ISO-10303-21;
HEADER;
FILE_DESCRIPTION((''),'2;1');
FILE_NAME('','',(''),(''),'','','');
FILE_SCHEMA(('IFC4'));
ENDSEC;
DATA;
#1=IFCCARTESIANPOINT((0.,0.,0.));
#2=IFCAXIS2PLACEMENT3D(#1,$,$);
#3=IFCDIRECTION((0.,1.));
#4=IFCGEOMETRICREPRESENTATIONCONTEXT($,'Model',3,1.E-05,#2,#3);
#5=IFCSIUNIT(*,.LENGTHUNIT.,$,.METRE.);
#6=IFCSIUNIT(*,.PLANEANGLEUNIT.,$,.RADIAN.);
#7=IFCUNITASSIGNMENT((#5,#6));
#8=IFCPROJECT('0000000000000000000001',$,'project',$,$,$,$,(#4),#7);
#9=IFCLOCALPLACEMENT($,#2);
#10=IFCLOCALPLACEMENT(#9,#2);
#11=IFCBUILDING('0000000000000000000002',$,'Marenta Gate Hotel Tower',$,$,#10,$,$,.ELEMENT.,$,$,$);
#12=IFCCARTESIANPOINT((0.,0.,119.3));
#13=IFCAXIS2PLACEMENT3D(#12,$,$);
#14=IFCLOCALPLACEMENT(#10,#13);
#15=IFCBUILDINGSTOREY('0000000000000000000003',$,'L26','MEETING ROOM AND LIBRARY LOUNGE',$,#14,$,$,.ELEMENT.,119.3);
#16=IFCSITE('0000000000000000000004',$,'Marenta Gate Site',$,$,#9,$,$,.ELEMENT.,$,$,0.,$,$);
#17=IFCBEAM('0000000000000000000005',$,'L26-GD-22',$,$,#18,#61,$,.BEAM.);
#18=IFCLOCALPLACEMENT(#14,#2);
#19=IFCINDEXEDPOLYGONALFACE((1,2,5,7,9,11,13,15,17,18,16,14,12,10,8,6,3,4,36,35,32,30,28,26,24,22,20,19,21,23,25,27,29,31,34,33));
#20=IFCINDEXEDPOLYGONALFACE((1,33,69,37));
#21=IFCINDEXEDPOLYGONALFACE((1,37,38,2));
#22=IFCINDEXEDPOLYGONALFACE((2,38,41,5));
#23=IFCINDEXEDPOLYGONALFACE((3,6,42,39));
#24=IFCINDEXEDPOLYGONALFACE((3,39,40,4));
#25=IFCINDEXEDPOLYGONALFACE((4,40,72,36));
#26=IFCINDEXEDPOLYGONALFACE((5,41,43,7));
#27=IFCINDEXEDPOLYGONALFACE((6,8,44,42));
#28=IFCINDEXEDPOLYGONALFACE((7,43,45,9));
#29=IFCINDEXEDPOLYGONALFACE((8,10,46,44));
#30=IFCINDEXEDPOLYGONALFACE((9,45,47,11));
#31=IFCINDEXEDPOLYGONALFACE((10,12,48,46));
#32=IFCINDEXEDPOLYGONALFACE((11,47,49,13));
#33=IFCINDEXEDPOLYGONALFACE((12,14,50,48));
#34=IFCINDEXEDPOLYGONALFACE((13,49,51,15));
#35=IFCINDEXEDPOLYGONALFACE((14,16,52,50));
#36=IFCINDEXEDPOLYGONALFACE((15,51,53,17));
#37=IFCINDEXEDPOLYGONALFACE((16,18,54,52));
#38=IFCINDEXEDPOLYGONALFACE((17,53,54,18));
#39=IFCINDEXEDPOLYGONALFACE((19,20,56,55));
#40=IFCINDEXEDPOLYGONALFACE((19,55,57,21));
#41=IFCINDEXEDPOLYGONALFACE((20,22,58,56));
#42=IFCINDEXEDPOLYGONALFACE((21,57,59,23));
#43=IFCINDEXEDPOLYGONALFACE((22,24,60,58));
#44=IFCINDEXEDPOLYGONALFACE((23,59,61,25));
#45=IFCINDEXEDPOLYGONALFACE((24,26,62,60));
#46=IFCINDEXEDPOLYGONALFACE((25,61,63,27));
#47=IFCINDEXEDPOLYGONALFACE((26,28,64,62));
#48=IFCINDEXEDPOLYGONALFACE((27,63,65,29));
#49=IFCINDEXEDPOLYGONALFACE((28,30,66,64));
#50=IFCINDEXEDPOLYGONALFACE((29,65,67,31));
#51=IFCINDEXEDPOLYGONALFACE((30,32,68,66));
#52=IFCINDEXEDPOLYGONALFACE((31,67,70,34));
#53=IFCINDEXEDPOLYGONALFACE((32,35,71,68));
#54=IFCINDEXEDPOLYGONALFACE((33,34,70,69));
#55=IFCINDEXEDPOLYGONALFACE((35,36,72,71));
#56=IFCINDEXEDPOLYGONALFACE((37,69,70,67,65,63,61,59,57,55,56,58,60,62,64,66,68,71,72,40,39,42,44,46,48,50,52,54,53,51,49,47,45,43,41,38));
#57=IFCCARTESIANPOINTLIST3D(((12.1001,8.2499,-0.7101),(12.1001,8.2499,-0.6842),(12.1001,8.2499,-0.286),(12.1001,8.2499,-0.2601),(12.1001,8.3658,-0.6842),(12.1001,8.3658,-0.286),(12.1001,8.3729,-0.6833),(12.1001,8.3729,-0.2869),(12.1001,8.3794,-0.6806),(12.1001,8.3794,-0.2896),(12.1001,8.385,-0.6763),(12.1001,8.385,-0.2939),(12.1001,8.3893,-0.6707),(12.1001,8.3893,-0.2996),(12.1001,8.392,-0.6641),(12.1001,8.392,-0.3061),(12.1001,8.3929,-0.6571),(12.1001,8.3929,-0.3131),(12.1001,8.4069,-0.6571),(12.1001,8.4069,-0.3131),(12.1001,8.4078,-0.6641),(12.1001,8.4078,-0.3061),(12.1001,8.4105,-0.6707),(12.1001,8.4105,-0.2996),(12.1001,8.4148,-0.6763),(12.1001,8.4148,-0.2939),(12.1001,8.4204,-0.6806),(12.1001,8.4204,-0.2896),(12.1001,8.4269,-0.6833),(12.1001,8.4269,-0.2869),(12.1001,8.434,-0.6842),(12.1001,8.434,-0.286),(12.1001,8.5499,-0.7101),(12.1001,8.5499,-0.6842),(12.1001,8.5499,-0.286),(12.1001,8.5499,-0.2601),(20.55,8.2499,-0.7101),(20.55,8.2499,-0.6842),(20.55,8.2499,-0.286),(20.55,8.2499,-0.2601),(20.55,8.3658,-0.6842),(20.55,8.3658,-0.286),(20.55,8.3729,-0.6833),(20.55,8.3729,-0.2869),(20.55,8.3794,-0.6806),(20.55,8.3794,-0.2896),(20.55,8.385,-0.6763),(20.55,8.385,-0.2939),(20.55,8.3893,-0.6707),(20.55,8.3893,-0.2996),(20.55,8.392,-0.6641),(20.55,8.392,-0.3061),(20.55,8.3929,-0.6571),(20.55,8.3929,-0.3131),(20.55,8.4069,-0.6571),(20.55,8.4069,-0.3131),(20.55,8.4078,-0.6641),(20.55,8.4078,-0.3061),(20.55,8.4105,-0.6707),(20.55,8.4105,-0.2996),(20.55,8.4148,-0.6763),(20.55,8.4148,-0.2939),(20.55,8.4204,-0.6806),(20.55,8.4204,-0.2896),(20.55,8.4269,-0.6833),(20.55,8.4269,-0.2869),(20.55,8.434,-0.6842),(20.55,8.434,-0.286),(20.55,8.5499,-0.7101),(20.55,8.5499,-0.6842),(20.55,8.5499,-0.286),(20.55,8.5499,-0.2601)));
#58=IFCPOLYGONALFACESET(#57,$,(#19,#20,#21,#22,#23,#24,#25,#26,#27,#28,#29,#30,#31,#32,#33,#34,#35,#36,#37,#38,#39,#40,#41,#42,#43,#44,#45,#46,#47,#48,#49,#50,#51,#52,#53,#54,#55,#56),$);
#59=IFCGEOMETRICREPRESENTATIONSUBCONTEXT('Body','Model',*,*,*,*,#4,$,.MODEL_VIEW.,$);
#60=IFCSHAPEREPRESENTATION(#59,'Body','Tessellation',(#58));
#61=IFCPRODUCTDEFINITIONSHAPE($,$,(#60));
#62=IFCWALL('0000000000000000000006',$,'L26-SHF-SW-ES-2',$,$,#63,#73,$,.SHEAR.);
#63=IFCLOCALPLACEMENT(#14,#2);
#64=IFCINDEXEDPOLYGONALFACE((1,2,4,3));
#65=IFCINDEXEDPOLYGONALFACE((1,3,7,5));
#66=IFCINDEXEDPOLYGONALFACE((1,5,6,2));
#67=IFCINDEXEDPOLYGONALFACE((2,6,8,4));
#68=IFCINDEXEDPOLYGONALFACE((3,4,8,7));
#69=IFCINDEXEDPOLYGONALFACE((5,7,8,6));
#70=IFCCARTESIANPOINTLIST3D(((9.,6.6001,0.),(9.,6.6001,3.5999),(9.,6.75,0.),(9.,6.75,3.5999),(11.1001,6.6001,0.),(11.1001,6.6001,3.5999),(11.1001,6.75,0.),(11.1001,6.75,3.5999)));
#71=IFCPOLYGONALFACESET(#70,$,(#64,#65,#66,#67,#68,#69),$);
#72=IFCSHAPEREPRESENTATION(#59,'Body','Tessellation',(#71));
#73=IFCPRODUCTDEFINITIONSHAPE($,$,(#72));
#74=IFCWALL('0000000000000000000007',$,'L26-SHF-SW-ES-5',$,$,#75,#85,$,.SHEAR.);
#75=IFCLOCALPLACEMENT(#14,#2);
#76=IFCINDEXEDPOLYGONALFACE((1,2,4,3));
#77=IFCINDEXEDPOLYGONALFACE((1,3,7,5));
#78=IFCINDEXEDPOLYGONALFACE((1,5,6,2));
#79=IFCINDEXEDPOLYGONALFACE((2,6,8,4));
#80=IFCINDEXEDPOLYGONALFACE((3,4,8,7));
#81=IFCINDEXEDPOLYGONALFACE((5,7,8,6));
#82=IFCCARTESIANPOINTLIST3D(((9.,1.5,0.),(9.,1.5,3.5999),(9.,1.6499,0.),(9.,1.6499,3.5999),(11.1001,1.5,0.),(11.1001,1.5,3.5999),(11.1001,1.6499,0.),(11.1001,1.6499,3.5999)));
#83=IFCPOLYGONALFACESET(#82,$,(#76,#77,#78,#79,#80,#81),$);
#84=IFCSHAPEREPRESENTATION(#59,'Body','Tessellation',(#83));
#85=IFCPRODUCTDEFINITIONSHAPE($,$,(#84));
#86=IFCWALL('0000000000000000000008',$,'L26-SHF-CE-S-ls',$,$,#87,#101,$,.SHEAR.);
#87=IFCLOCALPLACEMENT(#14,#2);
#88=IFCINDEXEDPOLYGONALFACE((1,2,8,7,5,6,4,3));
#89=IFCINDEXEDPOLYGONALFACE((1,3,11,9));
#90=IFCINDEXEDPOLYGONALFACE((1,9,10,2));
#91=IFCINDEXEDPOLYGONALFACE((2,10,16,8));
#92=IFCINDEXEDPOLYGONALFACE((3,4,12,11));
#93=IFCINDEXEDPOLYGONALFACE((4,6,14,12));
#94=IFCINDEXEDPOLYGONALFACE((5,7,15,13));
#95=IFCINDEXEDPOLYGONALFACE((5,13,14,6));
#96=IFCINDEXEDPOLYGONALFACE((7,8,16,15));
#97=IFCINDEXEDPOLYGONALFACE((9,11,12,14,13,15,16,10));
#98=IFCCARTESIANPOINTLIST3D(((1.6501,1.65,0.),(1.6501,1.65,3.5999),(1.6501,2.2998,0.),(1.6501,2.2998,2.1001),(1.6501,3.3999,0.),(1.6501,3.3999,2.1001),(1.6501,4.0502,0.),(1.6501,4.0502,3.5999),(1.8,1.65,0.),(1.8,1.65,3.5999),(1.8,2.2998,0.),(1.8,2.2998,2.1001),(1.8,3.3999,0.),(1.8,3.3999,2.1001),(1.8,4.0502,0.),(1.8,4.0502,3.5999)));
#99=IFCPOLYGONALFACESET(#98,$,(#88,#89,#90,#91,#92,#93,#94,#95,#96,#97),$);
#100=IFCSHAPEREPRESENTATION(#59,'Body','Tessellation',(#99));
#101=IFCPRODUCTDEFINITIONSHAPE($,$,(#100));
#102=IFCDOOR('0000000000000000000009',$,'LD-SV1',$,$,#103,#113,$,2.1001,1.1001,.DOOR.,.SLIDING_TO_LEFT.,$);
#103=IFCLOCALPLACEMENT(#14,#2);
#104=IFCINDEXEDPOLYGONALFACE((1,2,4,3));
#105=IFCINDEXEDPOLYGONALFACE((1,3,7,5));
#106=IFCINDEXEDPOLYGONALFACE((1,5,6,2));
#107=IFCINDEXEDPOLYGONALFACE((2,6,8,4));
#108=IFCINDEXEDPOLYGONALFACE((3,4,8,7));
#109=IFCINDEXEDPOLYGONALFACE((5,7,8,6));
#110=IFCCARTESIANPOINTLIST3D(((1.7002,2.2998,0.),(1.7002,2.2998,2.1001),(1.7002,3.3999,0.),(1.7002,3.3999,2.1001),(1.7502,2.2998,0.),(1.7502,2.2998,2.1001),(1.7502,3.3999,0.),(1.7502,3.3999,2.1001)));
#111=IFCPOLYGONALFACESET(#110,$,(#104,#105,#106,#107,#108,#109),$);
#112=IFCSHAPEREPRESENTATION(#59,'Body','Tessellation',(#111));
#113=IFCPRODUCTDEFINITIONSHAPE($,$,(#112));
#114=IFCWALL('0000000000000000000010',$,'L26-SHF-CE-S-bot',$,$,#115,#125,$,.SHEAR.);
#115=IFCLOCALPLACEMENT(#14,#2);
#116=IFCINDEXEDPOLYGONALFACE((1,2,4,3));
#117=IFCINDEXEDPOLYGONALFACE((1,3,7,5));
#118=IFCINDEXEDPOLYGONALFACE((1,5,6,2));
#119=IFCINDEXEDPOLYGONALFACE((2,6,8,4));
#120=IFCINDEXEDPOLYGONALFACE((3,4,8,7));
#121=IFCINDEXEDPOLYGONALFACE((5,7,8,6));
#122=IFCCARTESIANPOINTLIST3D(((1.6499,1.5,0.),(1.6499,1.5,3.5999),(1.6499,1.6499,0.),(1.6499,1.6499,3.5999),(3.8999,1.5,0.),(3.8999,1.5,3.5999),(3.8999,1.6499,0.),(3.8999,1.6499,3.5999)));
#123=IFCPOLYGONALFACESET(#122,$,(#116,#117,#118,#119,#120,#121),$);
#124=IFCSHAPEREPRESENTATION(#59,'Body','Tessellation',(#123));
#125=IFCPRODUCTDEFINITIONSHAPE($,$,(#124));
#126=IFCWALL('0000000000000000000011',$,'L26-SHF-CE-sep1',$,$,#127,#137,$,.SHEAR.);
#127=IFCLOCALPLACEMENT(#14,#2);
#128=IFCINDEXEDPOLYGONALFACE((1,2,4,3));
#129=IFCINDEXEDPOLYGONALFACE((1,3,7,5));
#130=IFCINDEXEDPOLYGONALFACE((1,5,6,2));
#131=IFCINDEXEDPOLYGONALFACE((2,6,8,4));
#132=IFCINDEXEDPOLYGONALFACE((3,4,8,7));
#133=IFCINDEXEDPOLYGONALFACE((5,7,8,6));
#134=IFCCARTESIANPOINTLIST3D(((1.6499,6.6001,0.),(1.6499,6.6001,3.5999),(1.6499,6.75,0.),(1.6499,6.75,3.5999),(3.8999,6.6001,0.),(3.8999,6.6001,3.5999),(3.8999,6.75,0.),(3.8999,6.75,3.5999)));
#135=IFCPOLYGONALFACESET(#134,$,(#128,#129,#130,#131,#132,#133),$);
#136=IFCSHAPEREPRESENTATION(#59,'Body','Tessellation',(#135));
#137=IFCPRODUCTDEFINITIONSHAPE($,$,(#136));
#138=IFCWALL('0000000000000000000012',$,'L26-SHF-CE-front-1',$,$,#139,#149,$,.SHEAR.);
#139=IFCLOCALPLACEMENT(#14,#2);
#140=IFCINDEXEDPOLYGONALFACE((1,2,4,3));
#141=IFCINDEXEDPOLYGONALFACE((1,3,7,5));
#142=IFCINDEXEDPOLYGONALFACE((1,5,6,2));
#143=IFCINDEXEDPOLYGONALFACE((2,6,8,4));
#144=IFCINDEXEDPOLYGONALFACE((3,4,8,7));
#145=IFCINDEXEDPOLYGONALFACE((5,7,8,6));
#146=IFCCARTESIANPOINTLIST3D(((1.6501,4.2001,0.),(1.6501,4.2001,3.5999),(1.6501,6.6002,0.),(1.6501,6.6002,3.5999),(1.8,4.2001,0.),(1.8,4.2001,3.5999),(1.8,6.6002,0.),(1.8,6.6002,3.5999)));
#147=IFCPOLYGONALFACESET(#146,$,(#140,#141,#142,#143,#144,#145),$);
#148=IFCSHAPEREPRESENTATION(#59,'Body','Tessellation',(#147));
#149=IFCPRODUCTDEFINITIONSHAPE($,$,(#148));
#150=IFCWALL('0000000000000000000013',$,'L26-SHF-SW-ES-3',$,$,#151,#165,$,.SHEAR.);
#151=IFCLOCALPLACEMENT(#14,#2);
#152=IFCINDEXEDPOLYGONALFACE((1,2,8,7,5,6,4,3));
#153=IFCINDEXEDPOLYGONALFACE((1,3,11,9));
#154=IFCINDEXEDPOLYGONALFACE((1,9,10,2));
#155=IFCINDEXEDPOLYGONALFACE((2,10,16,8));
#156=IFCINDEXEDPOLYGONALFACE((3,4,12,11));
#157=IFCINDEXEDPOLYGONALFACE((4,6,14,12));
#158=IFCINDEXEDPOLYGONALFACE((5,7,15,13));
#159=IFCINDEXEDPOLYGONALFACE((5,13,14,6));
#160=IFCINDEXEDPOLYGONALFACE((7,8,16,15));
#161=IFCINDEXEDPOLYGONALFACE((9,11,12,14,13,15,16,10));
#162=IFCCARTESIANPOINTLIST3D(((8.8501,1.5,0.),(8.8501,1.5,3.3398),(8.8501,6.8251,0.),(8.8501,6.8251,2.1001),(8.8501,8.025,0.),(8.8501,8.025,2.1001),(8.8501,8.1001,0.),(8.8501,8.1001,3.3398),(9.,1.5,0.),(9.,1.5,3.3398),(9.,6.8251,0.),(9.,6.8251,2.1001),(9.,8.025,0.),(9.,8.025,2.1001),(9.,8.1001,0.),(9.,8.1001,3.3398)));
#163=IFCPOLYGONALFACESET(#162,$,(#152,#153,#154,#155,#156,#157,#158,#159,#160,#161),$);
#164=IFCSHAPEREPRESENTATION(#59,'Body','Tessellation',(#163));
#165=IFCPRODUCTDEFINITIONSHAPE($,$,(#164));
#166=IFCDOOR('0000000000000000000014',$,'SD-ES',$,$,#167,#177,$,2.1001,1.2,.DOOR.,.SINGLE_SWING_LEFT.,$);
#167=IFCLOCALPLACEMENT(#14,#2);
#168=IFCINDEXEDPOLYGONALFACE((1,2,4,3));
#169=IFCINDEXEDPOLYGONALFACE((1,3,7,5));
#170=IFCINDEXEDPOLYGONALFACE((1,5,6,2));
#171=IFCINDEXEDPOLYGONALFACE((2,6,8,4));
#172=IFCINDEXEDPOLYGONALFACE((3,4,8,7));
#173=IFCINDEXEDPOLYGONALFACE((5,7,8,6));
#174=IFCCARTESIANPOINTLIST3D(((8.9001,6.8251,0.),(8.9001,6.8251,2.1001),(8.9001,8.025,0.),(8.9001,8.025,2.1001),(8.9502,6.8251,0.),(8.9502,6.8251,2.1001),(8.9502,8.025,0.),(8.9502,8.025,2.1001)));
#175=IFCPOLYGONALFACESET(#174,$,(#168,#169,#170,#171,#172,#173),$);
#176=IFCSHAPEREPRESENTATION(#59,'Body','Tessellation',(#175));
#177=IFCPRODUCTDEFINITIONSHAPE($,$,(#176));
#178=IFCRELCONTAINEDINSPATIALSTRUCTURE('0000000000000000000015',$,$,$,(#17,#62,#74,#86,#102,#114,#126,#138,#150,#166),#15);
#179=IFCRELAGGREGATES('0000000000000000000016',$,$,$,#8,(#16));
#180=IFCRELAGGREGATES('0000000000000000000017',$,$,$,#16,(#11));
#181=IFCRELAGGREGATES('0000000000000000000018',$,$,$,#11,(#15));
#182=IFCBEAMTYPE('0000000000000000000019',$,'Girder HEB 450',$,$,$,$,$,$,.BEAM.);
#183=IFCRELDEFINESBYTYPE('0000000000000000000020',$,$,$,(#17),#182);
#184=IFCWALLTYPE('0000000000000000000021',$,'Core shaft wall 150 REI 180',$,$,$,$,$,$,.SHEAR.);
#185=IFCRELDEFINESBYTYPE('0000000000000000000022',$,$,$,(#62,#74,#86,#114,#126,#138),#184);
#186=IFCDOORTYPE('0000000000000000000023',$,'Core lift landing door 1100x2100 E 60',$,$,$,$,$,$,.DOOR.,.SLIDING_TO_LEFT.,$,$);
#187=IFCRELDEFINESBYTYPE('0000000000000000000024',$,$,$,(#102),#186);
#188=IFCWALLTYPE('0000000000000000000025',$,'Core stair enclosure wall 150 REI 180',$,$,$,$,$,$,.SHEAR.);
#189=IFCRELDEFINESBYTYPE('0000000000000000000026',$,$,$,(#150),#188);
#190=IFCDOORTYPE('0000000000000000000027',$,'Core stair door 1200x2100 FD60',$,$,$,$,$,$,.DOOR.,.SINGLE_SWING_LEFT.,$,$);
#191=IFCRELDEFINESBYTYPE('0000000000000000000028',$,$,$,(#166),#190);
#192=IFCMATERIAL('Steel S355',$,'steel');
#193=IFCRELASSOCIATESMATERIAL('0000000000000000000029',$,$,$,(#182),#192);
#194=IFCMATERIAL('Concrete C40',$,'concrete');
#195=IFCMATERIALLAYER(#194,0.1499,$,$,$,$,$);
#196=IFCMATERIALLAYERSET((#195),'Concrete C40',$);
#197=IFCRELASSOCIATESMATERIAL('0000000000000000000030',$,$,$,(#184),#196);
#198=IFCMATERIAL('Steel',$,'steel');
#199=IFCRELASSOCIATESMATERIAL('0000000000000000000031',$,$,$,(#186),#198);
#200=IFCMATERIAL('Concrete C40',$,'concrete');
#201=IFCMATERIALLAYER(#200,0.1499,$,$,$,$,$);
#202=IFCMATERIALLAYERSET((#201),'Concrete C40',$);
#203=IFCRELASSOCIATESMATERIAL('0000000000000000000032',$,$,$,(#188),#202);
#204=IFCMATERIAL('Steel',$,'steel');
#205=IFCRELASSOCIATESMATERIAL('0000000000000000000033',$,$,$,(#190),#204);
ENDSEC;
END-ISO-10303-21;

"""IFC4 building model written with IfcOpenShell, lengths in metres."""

from ifc_helpers import new_model, si_unit, direction, frame, frame_2d, origin, origin_2d, place, context, subcontext, project, spatial, rectangle, i_section, extrude, material, layer, layer_set, material_profile, profile_set, type_object, element, fill, save


model = new_model("IFC4")

# Units and contexts
model_context = context("Model", 3, precision=1e-05, world=origin(), true_north=direction((0.0, 1.0)))
body_context = subcontext(model_context, "Body", "Model", "MODEL_VIEW")
ifc_project = project(units=[si_unit("LENGTHUNIT", "METRE"), si_unit("PLANEANGLEUNIT", "RADIAN")], contexts=[model_context])

# Site, building, storey
site_placement = place(None, origin())
site = spatial("IfcSite", under=ifc_project, at=site_placement, Name="Marenta Gate Site", CompositionType="ELEMENT", RefElevation=0.0)
building_placement = place(site_placement, origin())
building = spatial("IfcBuilding", under=site, at=building_placement, Name="Marenta Gate Hotel Tower", CompositionType="ELEMENT")
storey_placement = place(building_placement, frame((0.0, 0.0, 119.3)))
storey = spatial("IfcBuildingStorey", under=building, at=storey_placement, Name="L26", Description="MEETING ROOM AND LIBRARY LOUNGE", CompositionType="ELEMENT", Elevation=119.3)

# Beam
ifc_material_1 = material(Name="Steel S355", Category="steel")
ifc_material_profile = material_profile(ifc_material_1, i_section(OverallWidth=0.3, OverallDepth=0.45, WebThickness=0.0139, FlangeThickness=0.0259, FilletRadius=0.0271, at=origin_2d()), Name="HEB 450")
ifc_profile_set = profile_set([ifc_material_profile], Name="Steel S355")
beam_type = type_object("IfcBeamType", Name="Girder HEB 450", PredefinedType="BEAM", material=ifc_profile_set)
beam_placement = place(storey_placement, frame((12.1001, 8.3999, -0.4851), z_axis=(1.0, 0.0, 0.0), x_axis=(0.0, 1.0, 0.0)))
element("IfcBeam", 1, at=beam_placement, inside=storey, type_object=beam_type, Name="L26-GD-22", PredefinedType="BEAM", context=body_context, shape_type="SweptSolid", body=[
    extrude(i_section(OverallWidth=0.3, OverallDepth=0.45, WebThickness=0.0139, FlangeThickness=0.0259, FilletRadius=0.0271, at=origin_2d()), origin(), (0.0, 0.0, 1.0), 8.45),
])

# Walls
ifc_material_2 = material(Name="Concrete C40", Category="concrete")
ifc_layer_1 = layer(ifc_material_2, 0.1499)
ifc_layer_set_1 = layer_set([ifc_layer_1], Name="Concrete C40")
wall_type_1 = type_object("IfcWallType", Name="Core shaft wall 150 REI 180", PredefinedType="SHEAR", material=ifc_layer_set_1)
for number, where, z_axis, x_axis, name in (
    (2, (9.0, 6.675, 0.0), (0.0, 0.0, 1.0), (1.0, 0.0, 0.0), "L26-SHF-SW-ES-2"),
    (3, (9.0, 1.575, 0.0), (0.0, 0.0, 1.0), (1.0, 0.0, 0.0), "L26-SHF-SW-ES-5"),
):
    element("IfcWall", number, at=place(storey_placement, frame(where, z_axis=z_axis, x_axis=x_axis)), inside=storey, type_object=wall_type_1, Name=name, PredefinedType="SHEAR", context=body_context, shape_type="SweptSolid", body=[
        extrude(rectangle(XDim=2.1001, YDim=0.1499, at=frame_2d((1.05, 0.0))), origin(), (0.0, 0.0, 1.0), 3.5999),
    ])

# Wall, opening, door
wall_1_placement = place(storey_placement, frame((1.7251, 1.6499, 0.0), z_axis=(0.0, 0.0, 1.0), x_axis=(0.0, 1.0, 0.0)))
wall_1 = element("IfcWall", 4, at=wall_1_placement, inside=storey, type_object=wall_type_1, Name="L26-SHF-CE-S-ls", PredefinedType="SHEAR", context=body_context, shape_type="SweptSolid", body=[
    extrude(rectangle(XDim=2.4001, YDim=0.1499, at=frame_2d((1.2002, 0.0))), origin(), (0.0, 0.0, 1.0), 3.5999),
])
opening_1_placement = place(wall_1_placement, frame((0.6499, 0.0, 0.0)))
opening_1 = element("IfcOpeningElement", 5, at=opening_1_placement, cuts=wall_1, PredefinedType="OPENING", context=body_context, shape_type="SweptSolid", body=[
    extrude(rectangle(XDim=1.1001, YDim=2.1001, at=frame_2d((0.55, 1.05))), frame((0.0, 0.075, 0.0), z_axis=(0.0, -1.0, 0.0), x_axis=(1.0, 0.0, 0.0)), (0.0, 0.0, 1.0), 0.1499),
])
ifc_material_3 = material(Name="Steel", Category="steel")
door_type_1 = type_object("IfcDoorType", Name="Core lift landing door 1100x2100 E 60", OperationType="SLIDING_TO_LEFT", PredefinedType="DOOR", material=ifc_material_3)
door_1_placement = place(opening_1_placement, origin())
door_1 = element("IfcDoor", 6, at=door_1_placement, inside=storey, type_object=door_type_1, Name="LD-SV1", OperationType="SLIDING_TO_LEFT", OverallHeight=2.1001, OverallWidth=1.1001, PredefinedType="DOOR", context=body_context, shape_type="SweptSolid", body=[
    extrude(rectangle(XDim=1.1001, YDim=2.1001, at=frame_2d((0.55, 1.05))), frame((0.0, 0.0249, 0.0), z_axis=(0.0, -1.0, 0.0), x_axis=(1.0, 0.0, 0.0)), (0.0, 0.0, 1.0), 0.05),
])
fill(opening_1, door_1)

# Walls
for number, where, z_axis, x_axis, name in (
    (7, (1.6499, 1.575, 0.0), (0.0, 0.0, 1.0), (1.0, 0.0, 0.0), "L26-SHF-CE-S-bot"),
    (8, (1.6499, 6.675, 0.0), (0.0, 0.0, 1.0), (1.0, 0.0, 0.0), "L26-SHF-CE-sep1"),
):
    element("IfcWall", number, at=place(storey_placement, frame(where, z_axis=z_axis, x_axis=x_axis)), inside=storey, type_object=wall_type_1, Name=name, PredefinedType="SHEAR", context=body_context, shape_type="SweptSolid", body=[
        extrude(rectangle(XDim=2.25, YDim=0.1499, at=frame_2d((1.125, 0.0))), origin(), (0.0, 0.0, 1.0), 3.5999),
    ])
wall_2_placement = place(storey_placement, frame((1.7251, 4.2, 0.0), z_axis=(0.0, 0.0, 1.0), x_axis=(0.0, 1.0, 0.0)))
element("IfcWall", 9, at=wall_2_placement, inside=storey, type_object=wall_type_1, Name="L26-SHF-CE-front-1", PredefinedType="SHEAR", context=body_context, shape_type="SweptSolid", body=[
    extrude(rectangle(XDim=2.4001, YDim=0.1499, at=frame_2d((1.2002, 0.0))), origin(), (0.0, 0.0, 1.0), 3.5999),
])

# Wall, opening, door
ifc_material_4 = material(Name="Concrete C40", Category="concrete")
ifc_layer_2 = layer(ifc_material_4, 0.1499)
ifc_layer_set_2 = layer_set([ifc_layer_2], Name="Concrete C40")
wall_type_2 = type_object("IfcWallType", Name="Core stair enclosure wall 150 REI 180", PredefinedType="SHEAR", material=ifc_layer_set_2)
wall_3_placement = place(storey_placement, frame((8.925, 1.5, 0.0), z_axis=(0.0, 0.0, 1.0), x_axis=(0.0, 1.0, 0.0)))
wall_3 = element("IfcWall", 10, at=wall_3_placement, inside=storey, type_object=wall_type_2, Name="L26-SHF-SW-ES-3", PredefinedType="SHEAR", context=body_context, shape_type="SweptSolid", body=[
    extrude(rectangle(XDim=6.6001, YDim=0.1499, at=frame_2d((3.3, 0.0))), origin(), (0.0, 0.0, 1.0), 3.3398),
])
opening_2_placement = place(wall_3_placement, frame((5.325, 0.0, 0.0)))
opening_2 = element("IfcOpeningElement", 11, at=opening_2_placement, cuts=wall_3, PredefinedType="OPENING", context=body_context, shape_type="SweptSolid", body=[
    extrude(rectangle(XDim=1.2, YDim=2.1001, at=frame_2d((0.6001, 1.05))), frame((0.0, 0.075, 0.0), z_axis=(0.0, -1.0, 0.0), x_axis=(1.0, 0.0, 0.0)), (0.0, 0.0, 1.0), 0.1499),
])
ifc_material_5 = material(Name="Steel", Category="steel")
door_type_2 = type_object("IfcDoorType", Name="Core stair door 1200x2100 FD60", OperationType="SINGLE_SWING_LEFT", PredefinedType="DOOR", material=ifc_material_5)
door_2_placement = place(opening_2_placement, origin())
door_2 = element("IfcDoor", 12, at=door_2_placement, inside=storey, type_object=door_type_2, Name="SD-ES", OperationType="SINGLE_SWING_LEFT", OverallHeight=2.1001, OverallWidth=1.2, PredefinedType="DOOR", context=body_context, shape_type="SweptSolid", body=[
    extrude(rectangle(XDim=1.2, YDim=2.1001, at=frame_2d((0.6001, 1.05))), frame((0.0, 0.0249, 0.0), z_axis=(0.0, -1.0, 0.0), x_axis=(1.0, 0.0, 0.0)), (0.0, 0.0, 1.0), 0.05),
])
fill(opening_2, door_2)

save(model, "model.ifc")
